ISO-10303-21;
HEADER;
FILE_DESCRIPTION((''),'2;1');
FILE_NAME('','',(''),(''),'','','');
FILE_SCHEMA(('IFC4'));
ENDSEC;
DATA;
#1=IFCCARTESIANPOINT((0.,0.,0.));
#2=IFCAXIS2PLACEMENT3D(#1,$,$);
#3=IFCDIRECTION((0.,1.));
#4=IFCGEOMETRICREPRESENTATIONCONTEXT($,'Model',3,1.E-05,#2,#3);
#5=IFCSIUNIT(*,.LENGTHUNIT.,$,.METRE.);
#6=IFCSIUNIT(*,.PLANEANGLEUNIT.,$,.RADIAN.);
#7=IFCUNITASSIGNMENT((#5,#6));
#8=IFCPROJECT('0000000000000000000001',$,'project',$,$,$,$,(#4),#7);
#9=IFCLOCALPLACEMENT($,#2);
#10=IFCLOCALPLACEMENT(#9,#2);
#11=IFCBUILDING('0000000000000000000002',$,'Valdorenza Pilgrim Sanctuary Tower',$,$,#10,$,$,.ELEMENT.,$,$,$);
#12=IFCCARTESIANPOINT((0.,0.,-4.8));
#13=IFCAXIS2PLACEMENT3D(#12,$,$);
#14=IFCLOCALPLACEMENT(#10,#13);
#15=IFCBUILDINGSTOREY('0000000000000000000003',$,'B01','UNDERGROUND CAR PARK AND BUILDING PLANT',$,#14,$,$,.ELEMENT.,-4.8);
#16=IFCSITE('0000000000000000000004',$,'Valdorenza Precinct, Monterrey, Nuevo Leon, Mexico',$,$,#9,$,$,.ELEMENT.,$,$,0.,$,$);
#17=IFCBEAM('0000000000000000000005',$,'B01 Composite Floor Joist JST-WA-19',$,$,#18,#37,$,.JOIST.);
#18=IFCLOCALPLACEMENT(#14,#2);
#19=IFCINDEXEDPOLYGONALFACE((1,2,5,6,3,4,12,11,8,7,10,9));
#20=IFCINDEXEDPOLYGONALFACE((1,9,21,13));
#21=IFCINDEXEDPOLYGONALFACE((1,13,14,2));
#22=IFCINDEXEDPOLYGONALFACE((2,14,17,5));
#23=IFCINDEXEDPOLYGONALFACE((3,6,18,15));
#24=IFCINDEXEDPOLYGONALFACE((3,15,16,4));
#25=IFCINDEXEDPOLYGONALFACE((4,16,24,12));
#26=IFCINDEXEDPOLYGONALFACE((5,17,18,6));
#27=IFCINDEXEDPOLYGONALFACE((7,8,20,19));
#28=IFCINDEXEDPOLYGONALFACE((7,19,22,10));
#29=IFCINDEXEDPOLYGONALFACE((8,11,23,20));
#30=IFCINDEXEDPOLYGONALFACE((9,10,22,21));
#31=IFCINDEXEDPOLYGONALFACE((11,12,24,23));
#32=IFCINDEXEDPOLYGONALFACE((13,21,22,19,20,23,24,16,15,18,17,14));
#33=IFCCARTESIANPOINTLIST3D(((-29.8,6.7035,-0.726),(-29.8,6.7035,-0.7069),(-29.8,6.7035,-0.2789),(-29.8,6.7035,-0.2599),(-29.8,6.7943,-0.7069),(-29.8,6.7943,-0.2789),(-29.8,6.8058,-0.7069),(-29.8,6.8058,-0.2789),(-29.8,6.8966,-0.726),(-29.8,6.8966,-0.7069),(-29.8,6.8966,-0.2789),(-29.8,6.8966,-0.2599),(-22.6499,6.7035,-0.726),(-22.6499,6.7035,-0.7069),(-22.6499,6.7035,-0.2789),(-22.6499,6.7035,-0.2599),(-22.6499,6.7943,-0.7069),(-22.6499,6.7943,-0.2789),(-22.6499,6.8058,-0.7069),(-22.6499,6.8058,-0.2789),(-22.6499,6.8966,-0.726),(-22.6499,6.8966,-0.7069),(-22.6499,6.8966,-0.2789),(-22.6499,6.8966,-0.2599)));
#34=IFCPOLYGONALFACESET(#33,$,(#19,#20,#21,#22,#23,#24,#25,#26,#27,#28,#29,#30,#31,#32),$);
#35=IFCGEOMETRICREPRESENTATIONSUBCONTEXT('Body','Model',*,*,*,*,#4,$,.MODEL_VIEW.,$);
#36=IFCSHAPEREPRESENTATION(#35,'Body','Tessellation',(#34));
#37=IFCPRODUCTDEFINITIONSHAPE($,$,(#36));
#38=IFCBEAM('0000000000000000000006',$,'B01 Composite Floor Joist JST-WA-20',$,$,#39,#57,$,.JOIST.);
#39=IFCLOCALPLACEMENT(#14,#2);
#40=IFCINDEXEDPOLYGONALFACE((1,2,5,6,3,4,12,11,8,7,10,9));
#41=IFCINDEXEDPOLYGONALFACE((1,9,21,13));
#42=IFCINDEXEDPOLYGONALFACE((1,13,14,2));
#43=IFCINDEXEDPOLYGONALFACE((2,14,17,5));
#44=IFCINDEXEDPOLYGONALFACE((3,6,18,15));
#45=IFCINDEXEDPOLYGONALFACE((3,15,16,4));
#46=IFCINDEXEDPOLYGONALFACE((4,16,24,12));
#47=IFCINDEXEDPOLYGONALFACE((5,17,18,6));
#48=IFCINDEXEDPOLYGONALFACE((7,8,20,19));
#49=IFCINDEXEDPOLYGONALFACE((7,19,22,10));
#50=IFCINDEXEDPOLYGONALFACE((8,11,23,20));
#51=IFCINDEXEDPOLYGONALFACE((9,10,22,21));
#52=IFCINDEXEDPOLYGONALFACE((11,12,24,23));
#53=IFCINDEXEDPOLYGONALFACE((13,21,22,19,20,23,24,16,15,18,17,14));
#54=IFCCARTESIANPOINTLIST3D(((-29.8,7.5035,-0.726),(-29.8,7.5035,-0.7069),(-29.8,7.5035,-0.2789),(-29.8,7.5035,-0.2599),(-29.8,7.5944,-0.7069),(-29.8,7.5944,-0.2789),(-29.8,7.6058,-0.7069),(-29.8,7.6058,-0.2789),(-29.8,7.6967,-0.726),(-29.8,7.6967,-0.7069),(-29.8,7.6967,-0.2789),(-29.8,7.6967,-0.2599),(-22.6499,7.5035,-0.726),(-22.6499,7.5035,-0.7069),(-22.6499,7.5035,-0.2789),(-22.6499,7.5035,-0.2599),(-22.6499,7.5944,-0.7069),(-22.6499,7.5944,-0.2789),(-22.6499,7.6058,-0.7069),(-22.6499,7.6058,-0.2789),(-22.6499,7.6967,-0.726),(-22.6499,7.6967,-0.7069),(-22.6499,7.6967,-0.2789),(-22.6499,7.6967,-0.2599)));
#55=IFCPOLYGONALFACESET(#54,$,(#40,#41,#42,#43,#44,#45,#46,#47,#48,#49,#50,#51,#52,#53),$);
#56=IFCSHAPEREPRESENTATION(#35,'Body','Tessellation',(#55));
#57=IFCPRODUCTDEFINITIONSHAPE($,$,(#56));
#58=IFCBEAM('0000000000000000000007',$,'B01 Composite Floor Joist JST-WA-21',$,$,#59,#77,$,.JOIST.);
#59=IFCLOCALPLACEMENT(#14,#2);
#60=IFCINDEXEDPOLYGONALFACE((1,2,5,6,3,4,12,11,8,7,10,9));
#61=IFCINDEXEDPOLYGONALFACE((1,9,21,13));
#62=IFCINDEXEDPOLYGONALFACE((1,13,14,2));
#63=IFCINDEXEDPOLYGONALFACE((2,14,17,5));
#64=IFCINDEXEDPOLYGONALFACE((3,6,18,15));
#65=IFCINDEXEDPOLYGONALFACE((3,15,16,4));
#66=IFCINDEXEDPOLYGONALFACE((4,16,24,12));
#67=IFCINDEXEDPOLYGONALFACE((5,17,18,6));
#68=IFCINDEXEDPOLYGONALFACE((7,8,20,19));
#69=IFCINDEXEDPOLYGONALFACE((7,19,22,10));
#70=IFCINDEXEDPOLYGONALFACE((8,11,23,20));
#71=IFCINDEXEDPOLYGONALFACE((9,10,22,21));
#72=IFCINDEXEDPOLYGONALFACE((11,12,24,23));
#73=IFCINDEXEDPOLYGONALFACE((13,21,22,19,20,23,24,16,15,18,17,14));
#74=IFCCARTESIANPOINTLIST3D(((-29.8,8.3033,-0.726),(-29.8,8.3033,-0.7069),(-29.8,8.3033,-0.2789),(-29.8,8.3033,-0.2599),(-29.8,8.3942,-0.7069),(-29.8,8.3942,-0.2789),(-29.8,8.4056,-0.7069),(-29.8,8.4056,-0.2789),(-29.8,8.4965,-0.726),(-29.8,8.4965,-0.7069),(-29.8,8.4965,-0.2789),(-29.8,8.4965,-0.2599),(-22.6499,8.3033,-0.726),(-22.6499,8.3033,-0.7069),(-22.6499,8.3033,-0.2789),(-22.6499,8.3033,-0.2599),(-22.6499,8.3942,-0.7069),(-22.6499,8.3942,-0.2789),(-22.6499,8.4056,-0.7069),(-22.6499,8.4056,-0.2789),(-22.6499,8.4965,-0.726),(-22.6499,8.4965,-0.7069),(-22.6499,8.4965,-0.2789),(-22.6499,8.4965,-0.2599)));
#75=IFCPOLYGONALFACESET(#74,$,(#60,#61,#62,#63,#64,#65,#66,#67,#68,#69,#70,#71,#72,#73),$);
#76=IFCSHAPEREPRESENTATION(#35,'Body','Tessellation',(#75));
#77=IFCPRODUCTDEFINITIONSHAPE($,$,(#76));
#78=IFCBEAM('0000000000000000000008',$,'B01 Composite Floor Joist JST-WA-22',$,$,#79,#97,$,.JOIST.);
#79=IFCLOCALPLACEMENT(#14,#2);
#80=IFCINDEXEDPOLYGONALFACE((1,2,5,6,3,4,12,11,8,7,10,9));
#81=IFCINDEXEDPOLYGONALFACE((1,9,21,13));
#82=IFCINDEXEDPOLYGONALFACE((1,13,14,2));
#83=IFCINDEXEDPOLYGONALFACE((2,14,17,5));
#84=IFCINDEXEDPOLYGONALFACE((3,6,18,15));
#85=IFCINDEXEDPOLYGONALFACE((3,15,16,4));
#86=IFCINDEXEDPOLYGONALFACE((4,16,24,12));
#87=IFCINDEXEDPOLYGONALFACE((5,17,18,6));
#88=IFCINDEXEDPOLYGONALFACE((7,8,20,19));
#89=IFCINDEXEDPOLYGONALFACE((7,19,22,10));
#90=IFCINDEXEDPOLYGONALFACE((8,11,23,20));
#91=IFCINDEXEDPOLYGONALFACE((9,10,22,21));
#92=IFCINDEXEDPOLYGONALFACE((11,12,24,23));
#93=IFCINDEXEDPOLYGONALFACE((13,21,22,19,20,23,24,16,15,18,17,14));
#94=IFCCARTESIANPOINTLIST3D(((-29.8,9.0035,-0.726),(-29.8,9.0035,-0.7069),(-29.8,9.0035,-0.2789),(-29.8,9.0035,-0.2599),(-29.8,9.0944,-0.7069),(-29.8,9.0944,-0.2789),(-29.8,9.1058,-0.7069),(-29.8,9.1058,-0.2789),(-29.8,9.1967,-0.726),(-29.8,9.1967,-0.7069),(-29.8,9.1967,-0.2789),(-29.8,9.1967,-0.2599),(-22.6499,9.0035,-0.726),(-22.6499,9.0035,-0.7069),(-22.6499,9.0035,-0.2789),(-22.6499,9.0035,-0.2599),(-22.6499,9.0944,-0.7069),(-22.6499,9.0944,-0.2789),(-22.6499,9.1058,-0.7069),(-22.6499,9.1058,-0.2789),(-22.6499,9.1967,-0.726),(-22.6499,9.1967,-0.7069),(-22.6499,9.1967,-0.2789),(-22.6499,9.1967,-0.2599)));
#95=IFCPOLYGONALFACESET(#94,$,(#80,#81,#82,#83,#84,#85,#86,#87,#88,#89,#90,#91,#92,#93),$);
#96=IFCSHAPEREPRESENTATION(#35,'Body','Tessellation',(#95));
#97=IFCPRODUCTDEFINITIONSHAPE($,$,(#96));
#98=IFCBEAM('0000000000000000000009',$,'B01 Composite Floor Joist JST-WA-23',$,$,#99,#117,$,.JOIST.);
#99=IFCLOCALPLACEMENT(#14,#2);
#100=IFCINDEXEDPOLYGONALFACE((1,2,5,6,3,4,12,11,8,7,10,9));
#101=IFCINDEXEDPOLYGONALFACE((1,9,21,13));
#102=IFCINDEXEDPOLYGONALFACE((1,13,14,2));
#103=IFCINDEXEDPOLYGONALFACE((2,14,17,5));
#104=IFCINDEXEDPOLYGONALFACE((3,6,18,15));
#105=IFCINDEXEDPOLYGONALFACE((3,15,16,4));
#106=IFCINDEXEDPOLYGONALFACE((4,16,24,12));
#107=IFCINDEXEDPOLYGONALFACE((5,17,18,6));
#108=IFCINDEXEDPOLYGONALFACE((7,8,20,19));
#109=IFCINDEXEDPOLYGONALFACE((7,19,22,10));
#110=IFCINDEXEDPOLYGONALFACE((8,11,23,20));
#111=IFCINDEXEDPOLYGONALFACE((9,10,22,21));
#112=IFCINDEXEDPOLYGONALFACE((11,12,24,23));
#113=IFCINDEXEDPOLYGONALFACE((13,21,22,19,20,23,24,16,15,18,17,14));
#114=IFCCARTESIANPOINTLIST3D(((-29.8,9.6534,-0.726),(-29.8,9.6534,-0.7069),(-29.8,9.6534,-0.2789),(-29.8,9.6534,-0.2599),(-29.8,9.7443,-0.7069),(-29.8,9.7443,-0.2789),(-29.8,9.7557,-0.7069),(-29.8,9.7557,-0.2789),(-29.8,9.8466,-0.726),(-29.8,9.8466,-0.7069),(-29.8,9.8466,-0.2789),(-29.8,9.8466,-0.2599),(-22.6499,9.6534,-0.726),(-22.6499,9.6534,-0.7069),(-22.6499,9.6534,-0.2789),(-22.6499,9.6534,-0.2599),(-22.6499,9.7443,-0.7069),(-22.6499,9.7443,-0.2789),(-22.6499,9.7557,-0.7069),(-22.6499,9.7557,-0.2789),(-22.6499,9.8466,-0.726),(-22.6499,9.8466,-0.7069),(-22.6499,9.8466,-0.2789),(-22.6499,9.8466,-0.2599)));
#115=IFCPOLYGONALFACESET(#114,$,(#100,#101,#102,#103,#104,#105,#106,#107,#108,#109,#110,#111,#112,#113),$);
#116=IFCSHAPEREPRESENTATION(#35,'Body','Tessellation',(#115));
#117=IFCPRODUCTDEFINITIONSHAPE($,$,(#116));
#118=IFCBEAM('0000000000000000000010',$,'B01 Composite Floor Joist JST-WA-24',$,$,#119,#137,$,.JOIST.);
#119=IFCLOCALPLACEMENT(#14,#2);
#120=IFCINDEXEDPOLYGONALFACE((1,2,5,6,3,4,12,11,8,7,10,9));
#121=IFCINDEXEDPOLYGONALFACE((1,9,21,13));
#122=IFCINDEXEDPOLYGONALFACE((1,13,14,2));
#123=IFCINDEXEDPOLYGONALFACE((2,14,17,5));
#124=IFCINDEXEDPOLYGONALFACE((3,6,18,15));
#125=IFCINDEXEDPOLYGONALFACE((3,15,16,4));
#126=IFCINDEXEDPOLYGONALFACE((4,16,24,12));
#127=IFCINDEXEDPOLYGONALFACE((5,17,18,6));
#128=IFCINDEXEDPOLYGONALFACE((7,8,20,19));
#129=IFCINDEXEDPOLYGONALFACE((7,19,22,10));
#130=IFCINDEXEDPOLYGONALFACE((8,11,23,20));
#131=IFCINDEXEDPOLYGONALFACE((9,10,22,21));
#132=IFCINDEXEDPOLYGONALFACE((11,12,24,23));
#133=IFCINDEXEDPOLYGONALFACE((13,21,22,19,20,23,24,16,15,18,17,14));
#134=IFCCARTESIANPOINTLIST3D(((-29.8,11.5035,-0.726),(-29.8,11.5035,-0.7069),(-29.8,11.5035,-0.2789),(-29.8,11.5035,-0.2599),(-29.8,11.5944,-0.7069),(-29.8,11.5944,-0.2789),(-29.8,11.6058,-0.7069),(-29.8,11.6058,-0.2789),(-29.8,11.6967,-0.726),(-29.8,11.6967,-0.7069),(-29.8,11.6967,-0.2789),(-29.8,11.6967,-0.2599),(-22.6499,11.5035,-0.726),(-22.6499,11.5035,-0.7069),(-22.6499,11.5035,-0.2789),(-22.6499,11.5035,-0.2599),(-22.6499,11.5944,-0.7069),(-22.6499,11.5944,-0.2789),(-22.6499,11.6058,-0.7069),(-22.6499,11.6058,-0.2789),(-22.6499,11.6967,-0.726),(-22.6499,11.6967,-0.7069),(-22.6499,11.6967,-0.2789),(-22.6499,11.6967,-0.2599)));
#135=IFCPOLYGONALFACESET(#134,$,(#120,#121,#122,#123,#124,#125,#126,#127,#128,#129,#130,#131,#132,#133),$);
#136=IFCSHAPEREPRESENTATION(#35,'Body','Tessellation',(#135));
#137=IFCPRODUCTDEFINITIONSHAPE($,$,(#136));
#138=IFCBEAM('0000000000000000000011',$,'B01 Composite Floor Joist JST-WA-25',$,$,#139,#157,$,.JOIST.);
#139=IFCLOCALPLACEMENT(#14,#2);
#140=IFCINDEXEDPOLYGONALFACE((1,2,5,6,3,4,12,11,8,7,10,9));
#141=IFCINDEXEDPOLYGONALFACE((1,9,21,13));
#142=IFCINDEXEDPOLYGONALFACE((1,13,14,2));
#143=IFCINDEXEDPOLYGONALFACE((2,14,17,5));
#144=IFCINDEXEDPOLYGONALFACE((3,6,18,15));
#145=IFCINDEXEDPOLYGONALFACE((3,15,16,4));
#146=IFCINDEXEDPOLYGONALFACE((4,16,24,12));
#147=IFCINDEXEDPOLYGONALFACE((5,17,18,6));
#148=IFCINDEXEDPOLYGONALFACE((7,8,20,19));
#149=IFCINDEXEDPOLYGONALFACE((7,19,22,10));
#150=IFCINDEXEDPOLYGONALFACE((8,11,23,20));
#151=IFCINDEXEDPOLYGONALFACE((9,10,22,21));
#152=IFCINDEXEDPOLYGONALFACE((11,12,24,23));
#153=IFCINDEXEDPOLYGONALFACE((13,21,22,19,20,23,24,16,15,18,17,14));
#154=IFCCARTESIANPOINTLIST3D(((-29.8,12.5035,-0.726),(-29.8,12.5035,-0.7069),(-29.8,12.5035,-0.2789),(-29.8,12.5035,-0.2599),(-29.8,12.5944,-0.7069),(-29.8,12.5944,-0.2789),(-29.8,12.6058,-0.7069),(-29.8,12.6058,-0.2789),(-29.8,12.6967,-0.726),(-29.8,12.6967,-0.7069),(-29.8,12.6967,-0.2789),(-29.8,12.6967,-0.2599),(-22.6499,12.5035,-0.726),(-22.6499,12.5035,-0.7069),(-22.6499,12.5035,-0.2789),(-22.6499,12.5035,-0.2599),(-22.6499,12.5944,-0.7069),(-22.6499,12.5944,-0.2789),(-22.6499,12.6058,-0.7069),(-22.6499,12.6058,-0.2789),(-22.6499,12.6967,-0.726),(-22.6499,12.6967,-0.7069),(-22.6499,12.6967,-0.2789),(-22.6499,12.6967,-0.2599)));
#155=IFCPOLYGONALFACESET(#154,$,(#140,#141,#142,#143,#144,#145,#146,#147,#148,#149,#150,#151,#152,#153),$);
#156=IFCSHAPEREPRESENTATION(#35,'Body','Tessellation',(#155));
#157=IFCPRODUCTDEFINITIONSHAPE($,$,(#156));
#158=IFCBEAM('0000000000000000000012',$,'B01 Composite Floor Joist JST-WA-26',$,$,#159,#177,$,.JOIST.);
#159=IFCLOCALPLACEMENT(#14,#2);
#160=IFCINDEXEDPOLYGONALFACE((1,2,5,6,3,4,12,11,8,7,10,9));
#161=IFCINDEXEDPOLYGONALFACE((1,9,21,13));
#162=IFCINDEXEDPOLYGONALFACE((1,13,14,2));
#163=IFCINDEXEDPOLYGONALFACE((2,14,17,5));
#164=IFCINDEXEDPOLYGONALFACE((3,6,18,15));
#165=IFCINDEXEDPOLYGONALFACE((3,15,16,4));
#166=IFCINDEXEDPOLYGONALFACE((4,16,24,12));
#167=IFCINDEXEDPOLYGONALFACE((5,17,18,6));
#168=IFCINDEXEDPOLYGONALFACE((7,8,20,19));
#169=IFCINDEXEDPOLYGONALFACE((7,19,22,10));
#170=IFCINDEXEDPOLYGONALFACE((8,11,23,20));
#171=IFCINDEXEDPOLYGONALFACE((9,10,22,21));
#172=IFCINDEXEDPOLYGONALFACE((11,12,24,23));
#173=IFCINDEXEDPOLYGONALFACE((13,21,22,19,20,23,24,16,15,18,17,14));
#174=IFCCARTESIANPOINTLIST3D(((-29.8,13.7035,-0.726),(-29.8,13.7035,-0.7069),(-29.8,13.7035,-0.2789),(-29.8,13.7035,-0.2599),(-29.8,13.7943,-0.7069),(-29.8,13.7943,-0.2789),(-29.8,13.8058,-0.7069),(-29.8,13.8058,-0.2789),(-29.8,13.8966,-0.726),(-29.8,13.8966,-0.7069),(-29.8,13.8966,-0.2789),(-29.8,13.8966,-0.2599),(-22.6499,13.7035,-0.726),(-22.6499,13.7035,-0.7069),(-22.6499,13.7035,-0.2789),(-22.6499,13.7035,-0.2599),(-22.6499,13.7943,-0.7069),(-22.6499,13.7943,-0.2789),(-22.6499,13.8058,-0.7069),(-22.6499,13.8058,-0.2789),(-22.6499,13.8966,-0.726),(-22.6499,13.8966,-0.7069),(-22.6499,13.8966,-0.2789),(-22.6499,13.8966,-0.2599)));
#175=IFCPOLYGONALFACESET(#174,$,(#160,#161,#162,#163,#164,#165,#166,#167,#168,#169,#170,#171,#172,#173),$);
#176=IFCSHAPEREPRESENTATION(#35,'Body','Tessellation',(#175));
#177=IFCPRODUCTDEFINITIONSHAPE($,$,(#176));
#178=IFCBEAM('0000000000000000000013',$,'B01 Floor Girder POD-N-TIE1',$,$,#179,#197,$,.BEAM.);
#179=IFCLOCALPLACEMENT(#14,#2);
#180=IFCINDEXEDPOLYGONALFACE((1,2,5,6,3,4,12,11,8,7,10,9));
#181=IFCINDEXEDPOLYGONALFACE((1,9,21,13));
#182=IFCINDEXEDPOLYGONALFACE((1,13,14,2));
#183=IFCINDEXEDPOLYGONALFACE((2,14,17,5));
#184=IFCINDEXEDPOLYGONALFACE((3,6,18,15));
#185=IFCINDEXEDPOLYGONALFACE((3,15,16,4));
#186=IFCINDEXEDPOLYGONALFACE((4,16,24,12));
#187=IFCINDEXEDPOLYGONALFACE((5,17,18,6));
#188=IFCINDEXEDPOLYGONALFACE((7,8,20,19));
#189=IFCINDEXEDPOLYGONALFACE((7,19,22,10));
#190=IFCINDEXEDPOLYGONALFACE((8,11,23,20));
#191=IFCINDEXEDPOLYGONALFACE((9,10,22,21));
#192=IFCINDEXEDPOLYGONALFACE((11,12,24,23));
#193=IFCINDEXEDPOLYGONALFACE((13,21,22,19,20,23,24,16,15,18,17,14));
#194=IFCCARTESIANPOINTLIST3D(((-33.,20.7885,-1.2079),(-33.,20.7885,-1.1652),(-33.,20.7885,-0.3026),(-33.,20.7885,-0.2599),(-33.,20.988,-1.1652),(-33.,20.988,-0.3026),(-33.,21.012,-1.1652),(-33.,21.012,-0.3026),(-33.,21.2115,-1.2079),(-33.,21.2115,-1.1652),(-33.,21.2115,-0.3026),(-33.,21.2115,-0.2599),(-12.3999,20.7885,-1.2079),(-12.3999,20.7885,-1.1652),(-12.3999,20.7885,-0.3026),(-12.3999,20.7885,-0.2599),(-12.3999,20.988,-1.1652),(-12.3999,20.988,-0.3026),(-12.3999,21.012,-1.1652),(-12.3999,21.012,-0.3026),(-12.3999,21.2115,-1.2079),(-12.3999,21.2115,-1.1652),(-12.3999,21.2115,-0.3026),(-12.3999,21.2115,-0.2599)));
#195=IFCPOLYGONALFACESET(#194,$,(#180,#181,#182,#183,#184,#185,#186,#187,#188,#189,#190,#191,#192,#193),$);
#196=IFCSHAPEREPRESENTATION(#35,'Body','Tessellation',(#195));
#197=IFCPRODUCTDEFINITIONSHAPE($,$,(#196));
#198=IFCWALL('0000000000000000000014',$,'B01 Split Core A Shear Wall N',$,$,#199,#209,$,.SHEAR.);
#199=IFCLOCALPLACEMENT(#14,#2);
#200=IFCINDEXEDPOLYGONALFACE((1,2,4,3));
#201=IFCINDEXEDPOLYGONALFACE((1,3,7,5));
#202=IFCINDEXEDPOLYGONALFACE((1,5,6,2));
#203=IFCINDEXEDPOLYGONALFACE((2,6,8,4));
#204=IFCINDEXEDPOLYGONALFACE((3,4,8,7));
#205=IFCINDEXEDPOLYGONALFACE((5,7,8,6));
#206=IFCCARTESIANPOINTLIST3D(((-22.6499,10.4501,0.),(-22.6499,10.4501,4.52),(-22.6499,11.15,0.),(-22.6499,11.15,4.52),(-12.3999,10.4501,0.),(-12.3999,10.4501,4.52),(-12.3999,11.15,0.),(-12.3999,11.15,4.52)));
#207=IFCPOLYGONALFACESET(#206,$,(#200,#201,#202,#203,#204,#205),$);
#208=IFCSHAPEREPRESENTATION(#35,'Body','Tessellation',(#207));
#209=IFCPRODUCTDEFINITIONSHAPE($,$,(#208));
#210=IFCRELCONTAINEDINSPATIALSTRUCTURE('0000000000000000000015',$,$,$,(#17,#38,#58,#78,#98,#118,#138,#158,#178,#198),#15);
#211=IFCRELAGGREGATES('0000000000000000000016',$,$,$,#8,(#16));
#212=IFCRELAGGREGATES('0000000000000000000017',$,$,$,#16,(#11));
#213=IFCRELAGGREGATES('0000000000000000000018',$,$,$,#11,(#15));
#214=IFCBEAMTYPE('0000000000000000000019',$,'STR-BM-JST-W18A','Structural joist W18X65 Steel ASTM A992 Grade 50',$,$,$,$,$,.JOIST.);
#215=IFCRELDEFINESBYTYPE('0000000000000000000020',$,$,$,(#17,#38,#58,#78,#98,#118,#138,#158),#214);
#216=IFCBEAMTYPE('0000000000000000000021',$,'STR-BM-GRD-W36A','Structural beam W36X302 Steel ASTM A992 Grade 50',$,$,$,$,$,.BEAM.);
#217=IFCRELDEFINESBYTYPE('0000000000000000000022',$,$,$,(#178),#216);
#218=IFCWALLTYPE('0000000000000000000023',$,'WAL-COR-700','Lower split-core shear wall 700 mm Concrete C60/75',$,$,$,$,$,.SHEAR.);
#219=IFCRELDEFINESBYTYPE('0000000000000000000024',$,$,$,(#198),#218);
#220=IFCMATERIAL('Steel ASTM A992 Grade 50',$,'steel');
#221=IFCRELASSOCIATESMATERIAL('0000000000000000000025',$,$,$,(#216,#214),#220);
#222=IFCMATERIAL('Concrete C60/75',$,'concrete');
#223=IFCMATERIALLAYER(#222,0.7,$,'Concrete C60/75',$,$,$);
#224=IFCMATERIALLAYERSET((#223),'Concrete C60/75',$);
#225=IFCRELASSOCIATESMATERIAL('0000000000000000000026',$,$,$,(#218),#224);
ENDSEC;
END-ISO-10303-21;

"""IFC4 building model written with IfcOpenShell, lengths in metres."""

from ifc_helpers import new_model, si_unit, direction, frame, frame_2d, origin, origin_2d, place, context, subcontext, project, spatial, rectangle, i_section, extrude, source, transform, mapped, material, layer, layer_set, material_profile, profile_set, type_object, element, save


model = new_model("IFC4")

# Units and contexts
model_context = context("Model", 3, precision=1e-05, world=origin(), true_north=direction((0.0, 1.0)))
body_context = subcontext(model_context, "Body", "Model", "MODEL_VIEW")
ifc_project = project(units=[si_unit("LENGTHUNIT", "METRE"), si_unit("PLANEANGLEUNIT", "RADIAN")], contexts=[model_context])

# Site, building, storey
site_placement = place(None, origin())
site = spatial("IfcSite", under=ifc_project, at=site_placement, Name="Valdorenza Precinct, Monterrey, Nuevo Leon, Mexico", CompositionType="ELEMENT", RefElevation=0.0)
building_placement = place(site_placement, origin())
building = spatial("IfcBuilding", under=site, at=building_placement, Name="Valdorenza Pilgrim Sanctuary Tower", CompositionType="ELEMENT")
storey_placement = place(building_placement, frame((0.0, 0.0, -4.8)))
storey = spatial("IfcBuildingStorey", under=building, at=storey_placement, Name="B01", Description="UNDERGROUND CAR PARK AND BUILDING PLANT", CompositionType="ELEMENT", Elevation=-4.8)

# Shared definitions
ifc_material_1 = material(Name="Concrete C60/75", Category="concrete")

# Beams
ifc_material_2 = material(Name="Steel ASTM A992 Grade 50", Category="steel")
ifc_material_profile_1 = material_profile(ifc_material_2, i_section(OverallWidth=0.4231, OverallDepth=0.948, WebThickness=0.0239, FlangeThickness=0.0427, at=origin_2d()), Name="W36X302")
ifc_profile_set_1 = profile_set([ifc_material_profile_1], Name="Steel ASTM A992 Grade 50")
beam_type_1 = type_object("IfcBeamType", Name="STR-BM-GRD-W36A", Description="Structural beam W36X302 Steel ASTM A992 Grade 50", PredefinedType="BEAM", material=ifc_profile_set_1)
ifc_material_profile_2 = material_profile(ifc_material_2, i_section(OverallWidth=0.1931, OverallDepth=0.4661, WebThickness=0.0115, FlangeThickness=0.019, at=origin_2d()), Name="W18X65")
ifc_profile_set_2 = profile_set([ifc_material_profile_2], Name="Steel ASTM A992 Grade 50")
beam_type_2 = type_object("IfcBeamType", Name="STR-BM-JST-W18A", Description="Structural joist W18X65 Steel ASTM A992 Grade 50", PredefinedType="JOIST", material=ifc_profile_set_2)
shared_shape_1 = source(origin(), body_context, "Body", "SweptSolid", [
    extrude(i_section(OverallWidth=0.1931, OverallDepth=0.4661, WebThickness=0.0115, FlangeThickness=0.019, at=origin_2d()), origin(), (0.0, 0.0, 1.0), 7.1501),
])
for number, where, z_axis, x_axis, name in (
    (1, (-29.8, 6.8, -0.4929), (1.0, 0.0, 0.0), (0.0, 1.0, 0.0), "B01 Composite Floor Joist JST-WA-19"),
    (2, (-29.8, 7.6001, -0.4929), (1.0, 0.0, 0.0), (0.0, 1.0, 0.0), "B01 Composite Floor Joist JST-WA-20"),
    (3, (-29.8, 8.3999, -0.4929), (1.0, 0.0, 0.0), (0.0, 1.0, 0.0), "B01 Composite Floor Joist JST-WA-21"),
    (4, (-29.8, 9.1001, -0.4929), (1.0, 0.0, 0.0), (0.0, 1.0, 0.0), "B01 Composite Floor Joist JST-WA-22"),
    (5, (-29.8, 9.75, -0.4929), (1.0, 0.0, 0.0), (0.0, 1.0, 0.0), "B01 Composite Floor Joist JST-WA-23"),
    (6, (-29.8, 11.6001, -0.4929), (1.0, 0.0, 0.0), (0.0, 1.0, 0.0), "B01 Composite Floor Joist JST-WA-24"),
    (7, (-29.8, 12.6001, -0.4929), (1.0, 0.0, 0.0), (0.0, 1.0, 0.0), "B01 Composite Floor Joist JST-WA-25"),
    (8, (-29.8, 13.8, -0.4929), (1.0, 0.0, 0.0), (0.0, 1.0, 0.0), "B01 Composite Floor Joist JST-WA-26"),
):
    element("IfcBeam", number, at=place(storey_placement, frame(where, z_axis=z_axis, x_axis=x_axis)), inside=storey, type_object=beam_type_2, Name=name, PredefinedType="JOIST", context=body_context, shape_type="MappedRepresentation", body=[
        mapped(shared_shape_1, transform((0.0, 0.0, 0.0), x_axis=(1.0, 0.0, 0.0), y_axis=(0.0, 1.0, 0.0), z_axis=(0.0, 0.0, 1.0), scale=1.0)),
    ])
shared_shape_2 = source(origin(), body_context, "Body", "SweptSolid", [
    extrude(i_section(OverallWidth=0.4231, OverallDepth=0.948, WebThickness=0.0239, FlangeThickness=0.0427, at=origin_2d()), origin(), (0.0, 0.0, 1.0), 20.6001),
])
beam_1_placement = place(storey_placement, frame((-33.0, 21.0, -0.7339), z_axis=(1.0, 0.0, 0.0), x_axis=(0.0, 1.0, 0.0)))
element("IfcBeam", 9, at=beam_1_placement, inside=storey, type_object=beam_type_1, Name="B01 Floor Girder POD-N-TIE1", PredefinedType="BEAM", context=body_context, shape_type="MappedRepresentation", body=[
    mapped(shared_shape_2, transform((0.0, 0.0, 0.0), x_axis=(1.0, 0.0, 0.0), y_axis=(0.0, 1.0, 0.0), z_axis=(0.0, 0.0, 1.0), scale=1.0)),
])

# Wall
ifc_layer_1 = layer(ifc_material_1, 0.7, Name="Concrete C60/75")
ifc_layer_set_1 = layer_set([ifc_layer_1], Name="Concrete C60/75")
wall_type_1 = type_object("IfcWallType", Name="WAL-COR-700", Description="Lower split-core shear wall 700 mm Concrete C60/75", PredefinedType="SHEAR", material=ifc_layer_set_1)
wall_1_placement = place(storey_placement, frame((-22.6499, 10.8, 0.0), z_axis=(0.0, 0.0, 1.0), x_axis=(1.0, 0.0, 0.0)))
element("IfcWall", 10, at=wall_1_placement, inside=storey, type_object=wall_type_1, Name="B01 Split Core A Shear Wall N", PredefinedType="SHEAR", context=body_context, shape_type="SweptSolid", body=[
    extrude(rectangle(XDim=10.25, YDim=0.7, at=frame_2d((5.125, 0.0))), origin(), (0.0, 0.0, 1.0), 4.52),
])

save(model, "model.ifc")
